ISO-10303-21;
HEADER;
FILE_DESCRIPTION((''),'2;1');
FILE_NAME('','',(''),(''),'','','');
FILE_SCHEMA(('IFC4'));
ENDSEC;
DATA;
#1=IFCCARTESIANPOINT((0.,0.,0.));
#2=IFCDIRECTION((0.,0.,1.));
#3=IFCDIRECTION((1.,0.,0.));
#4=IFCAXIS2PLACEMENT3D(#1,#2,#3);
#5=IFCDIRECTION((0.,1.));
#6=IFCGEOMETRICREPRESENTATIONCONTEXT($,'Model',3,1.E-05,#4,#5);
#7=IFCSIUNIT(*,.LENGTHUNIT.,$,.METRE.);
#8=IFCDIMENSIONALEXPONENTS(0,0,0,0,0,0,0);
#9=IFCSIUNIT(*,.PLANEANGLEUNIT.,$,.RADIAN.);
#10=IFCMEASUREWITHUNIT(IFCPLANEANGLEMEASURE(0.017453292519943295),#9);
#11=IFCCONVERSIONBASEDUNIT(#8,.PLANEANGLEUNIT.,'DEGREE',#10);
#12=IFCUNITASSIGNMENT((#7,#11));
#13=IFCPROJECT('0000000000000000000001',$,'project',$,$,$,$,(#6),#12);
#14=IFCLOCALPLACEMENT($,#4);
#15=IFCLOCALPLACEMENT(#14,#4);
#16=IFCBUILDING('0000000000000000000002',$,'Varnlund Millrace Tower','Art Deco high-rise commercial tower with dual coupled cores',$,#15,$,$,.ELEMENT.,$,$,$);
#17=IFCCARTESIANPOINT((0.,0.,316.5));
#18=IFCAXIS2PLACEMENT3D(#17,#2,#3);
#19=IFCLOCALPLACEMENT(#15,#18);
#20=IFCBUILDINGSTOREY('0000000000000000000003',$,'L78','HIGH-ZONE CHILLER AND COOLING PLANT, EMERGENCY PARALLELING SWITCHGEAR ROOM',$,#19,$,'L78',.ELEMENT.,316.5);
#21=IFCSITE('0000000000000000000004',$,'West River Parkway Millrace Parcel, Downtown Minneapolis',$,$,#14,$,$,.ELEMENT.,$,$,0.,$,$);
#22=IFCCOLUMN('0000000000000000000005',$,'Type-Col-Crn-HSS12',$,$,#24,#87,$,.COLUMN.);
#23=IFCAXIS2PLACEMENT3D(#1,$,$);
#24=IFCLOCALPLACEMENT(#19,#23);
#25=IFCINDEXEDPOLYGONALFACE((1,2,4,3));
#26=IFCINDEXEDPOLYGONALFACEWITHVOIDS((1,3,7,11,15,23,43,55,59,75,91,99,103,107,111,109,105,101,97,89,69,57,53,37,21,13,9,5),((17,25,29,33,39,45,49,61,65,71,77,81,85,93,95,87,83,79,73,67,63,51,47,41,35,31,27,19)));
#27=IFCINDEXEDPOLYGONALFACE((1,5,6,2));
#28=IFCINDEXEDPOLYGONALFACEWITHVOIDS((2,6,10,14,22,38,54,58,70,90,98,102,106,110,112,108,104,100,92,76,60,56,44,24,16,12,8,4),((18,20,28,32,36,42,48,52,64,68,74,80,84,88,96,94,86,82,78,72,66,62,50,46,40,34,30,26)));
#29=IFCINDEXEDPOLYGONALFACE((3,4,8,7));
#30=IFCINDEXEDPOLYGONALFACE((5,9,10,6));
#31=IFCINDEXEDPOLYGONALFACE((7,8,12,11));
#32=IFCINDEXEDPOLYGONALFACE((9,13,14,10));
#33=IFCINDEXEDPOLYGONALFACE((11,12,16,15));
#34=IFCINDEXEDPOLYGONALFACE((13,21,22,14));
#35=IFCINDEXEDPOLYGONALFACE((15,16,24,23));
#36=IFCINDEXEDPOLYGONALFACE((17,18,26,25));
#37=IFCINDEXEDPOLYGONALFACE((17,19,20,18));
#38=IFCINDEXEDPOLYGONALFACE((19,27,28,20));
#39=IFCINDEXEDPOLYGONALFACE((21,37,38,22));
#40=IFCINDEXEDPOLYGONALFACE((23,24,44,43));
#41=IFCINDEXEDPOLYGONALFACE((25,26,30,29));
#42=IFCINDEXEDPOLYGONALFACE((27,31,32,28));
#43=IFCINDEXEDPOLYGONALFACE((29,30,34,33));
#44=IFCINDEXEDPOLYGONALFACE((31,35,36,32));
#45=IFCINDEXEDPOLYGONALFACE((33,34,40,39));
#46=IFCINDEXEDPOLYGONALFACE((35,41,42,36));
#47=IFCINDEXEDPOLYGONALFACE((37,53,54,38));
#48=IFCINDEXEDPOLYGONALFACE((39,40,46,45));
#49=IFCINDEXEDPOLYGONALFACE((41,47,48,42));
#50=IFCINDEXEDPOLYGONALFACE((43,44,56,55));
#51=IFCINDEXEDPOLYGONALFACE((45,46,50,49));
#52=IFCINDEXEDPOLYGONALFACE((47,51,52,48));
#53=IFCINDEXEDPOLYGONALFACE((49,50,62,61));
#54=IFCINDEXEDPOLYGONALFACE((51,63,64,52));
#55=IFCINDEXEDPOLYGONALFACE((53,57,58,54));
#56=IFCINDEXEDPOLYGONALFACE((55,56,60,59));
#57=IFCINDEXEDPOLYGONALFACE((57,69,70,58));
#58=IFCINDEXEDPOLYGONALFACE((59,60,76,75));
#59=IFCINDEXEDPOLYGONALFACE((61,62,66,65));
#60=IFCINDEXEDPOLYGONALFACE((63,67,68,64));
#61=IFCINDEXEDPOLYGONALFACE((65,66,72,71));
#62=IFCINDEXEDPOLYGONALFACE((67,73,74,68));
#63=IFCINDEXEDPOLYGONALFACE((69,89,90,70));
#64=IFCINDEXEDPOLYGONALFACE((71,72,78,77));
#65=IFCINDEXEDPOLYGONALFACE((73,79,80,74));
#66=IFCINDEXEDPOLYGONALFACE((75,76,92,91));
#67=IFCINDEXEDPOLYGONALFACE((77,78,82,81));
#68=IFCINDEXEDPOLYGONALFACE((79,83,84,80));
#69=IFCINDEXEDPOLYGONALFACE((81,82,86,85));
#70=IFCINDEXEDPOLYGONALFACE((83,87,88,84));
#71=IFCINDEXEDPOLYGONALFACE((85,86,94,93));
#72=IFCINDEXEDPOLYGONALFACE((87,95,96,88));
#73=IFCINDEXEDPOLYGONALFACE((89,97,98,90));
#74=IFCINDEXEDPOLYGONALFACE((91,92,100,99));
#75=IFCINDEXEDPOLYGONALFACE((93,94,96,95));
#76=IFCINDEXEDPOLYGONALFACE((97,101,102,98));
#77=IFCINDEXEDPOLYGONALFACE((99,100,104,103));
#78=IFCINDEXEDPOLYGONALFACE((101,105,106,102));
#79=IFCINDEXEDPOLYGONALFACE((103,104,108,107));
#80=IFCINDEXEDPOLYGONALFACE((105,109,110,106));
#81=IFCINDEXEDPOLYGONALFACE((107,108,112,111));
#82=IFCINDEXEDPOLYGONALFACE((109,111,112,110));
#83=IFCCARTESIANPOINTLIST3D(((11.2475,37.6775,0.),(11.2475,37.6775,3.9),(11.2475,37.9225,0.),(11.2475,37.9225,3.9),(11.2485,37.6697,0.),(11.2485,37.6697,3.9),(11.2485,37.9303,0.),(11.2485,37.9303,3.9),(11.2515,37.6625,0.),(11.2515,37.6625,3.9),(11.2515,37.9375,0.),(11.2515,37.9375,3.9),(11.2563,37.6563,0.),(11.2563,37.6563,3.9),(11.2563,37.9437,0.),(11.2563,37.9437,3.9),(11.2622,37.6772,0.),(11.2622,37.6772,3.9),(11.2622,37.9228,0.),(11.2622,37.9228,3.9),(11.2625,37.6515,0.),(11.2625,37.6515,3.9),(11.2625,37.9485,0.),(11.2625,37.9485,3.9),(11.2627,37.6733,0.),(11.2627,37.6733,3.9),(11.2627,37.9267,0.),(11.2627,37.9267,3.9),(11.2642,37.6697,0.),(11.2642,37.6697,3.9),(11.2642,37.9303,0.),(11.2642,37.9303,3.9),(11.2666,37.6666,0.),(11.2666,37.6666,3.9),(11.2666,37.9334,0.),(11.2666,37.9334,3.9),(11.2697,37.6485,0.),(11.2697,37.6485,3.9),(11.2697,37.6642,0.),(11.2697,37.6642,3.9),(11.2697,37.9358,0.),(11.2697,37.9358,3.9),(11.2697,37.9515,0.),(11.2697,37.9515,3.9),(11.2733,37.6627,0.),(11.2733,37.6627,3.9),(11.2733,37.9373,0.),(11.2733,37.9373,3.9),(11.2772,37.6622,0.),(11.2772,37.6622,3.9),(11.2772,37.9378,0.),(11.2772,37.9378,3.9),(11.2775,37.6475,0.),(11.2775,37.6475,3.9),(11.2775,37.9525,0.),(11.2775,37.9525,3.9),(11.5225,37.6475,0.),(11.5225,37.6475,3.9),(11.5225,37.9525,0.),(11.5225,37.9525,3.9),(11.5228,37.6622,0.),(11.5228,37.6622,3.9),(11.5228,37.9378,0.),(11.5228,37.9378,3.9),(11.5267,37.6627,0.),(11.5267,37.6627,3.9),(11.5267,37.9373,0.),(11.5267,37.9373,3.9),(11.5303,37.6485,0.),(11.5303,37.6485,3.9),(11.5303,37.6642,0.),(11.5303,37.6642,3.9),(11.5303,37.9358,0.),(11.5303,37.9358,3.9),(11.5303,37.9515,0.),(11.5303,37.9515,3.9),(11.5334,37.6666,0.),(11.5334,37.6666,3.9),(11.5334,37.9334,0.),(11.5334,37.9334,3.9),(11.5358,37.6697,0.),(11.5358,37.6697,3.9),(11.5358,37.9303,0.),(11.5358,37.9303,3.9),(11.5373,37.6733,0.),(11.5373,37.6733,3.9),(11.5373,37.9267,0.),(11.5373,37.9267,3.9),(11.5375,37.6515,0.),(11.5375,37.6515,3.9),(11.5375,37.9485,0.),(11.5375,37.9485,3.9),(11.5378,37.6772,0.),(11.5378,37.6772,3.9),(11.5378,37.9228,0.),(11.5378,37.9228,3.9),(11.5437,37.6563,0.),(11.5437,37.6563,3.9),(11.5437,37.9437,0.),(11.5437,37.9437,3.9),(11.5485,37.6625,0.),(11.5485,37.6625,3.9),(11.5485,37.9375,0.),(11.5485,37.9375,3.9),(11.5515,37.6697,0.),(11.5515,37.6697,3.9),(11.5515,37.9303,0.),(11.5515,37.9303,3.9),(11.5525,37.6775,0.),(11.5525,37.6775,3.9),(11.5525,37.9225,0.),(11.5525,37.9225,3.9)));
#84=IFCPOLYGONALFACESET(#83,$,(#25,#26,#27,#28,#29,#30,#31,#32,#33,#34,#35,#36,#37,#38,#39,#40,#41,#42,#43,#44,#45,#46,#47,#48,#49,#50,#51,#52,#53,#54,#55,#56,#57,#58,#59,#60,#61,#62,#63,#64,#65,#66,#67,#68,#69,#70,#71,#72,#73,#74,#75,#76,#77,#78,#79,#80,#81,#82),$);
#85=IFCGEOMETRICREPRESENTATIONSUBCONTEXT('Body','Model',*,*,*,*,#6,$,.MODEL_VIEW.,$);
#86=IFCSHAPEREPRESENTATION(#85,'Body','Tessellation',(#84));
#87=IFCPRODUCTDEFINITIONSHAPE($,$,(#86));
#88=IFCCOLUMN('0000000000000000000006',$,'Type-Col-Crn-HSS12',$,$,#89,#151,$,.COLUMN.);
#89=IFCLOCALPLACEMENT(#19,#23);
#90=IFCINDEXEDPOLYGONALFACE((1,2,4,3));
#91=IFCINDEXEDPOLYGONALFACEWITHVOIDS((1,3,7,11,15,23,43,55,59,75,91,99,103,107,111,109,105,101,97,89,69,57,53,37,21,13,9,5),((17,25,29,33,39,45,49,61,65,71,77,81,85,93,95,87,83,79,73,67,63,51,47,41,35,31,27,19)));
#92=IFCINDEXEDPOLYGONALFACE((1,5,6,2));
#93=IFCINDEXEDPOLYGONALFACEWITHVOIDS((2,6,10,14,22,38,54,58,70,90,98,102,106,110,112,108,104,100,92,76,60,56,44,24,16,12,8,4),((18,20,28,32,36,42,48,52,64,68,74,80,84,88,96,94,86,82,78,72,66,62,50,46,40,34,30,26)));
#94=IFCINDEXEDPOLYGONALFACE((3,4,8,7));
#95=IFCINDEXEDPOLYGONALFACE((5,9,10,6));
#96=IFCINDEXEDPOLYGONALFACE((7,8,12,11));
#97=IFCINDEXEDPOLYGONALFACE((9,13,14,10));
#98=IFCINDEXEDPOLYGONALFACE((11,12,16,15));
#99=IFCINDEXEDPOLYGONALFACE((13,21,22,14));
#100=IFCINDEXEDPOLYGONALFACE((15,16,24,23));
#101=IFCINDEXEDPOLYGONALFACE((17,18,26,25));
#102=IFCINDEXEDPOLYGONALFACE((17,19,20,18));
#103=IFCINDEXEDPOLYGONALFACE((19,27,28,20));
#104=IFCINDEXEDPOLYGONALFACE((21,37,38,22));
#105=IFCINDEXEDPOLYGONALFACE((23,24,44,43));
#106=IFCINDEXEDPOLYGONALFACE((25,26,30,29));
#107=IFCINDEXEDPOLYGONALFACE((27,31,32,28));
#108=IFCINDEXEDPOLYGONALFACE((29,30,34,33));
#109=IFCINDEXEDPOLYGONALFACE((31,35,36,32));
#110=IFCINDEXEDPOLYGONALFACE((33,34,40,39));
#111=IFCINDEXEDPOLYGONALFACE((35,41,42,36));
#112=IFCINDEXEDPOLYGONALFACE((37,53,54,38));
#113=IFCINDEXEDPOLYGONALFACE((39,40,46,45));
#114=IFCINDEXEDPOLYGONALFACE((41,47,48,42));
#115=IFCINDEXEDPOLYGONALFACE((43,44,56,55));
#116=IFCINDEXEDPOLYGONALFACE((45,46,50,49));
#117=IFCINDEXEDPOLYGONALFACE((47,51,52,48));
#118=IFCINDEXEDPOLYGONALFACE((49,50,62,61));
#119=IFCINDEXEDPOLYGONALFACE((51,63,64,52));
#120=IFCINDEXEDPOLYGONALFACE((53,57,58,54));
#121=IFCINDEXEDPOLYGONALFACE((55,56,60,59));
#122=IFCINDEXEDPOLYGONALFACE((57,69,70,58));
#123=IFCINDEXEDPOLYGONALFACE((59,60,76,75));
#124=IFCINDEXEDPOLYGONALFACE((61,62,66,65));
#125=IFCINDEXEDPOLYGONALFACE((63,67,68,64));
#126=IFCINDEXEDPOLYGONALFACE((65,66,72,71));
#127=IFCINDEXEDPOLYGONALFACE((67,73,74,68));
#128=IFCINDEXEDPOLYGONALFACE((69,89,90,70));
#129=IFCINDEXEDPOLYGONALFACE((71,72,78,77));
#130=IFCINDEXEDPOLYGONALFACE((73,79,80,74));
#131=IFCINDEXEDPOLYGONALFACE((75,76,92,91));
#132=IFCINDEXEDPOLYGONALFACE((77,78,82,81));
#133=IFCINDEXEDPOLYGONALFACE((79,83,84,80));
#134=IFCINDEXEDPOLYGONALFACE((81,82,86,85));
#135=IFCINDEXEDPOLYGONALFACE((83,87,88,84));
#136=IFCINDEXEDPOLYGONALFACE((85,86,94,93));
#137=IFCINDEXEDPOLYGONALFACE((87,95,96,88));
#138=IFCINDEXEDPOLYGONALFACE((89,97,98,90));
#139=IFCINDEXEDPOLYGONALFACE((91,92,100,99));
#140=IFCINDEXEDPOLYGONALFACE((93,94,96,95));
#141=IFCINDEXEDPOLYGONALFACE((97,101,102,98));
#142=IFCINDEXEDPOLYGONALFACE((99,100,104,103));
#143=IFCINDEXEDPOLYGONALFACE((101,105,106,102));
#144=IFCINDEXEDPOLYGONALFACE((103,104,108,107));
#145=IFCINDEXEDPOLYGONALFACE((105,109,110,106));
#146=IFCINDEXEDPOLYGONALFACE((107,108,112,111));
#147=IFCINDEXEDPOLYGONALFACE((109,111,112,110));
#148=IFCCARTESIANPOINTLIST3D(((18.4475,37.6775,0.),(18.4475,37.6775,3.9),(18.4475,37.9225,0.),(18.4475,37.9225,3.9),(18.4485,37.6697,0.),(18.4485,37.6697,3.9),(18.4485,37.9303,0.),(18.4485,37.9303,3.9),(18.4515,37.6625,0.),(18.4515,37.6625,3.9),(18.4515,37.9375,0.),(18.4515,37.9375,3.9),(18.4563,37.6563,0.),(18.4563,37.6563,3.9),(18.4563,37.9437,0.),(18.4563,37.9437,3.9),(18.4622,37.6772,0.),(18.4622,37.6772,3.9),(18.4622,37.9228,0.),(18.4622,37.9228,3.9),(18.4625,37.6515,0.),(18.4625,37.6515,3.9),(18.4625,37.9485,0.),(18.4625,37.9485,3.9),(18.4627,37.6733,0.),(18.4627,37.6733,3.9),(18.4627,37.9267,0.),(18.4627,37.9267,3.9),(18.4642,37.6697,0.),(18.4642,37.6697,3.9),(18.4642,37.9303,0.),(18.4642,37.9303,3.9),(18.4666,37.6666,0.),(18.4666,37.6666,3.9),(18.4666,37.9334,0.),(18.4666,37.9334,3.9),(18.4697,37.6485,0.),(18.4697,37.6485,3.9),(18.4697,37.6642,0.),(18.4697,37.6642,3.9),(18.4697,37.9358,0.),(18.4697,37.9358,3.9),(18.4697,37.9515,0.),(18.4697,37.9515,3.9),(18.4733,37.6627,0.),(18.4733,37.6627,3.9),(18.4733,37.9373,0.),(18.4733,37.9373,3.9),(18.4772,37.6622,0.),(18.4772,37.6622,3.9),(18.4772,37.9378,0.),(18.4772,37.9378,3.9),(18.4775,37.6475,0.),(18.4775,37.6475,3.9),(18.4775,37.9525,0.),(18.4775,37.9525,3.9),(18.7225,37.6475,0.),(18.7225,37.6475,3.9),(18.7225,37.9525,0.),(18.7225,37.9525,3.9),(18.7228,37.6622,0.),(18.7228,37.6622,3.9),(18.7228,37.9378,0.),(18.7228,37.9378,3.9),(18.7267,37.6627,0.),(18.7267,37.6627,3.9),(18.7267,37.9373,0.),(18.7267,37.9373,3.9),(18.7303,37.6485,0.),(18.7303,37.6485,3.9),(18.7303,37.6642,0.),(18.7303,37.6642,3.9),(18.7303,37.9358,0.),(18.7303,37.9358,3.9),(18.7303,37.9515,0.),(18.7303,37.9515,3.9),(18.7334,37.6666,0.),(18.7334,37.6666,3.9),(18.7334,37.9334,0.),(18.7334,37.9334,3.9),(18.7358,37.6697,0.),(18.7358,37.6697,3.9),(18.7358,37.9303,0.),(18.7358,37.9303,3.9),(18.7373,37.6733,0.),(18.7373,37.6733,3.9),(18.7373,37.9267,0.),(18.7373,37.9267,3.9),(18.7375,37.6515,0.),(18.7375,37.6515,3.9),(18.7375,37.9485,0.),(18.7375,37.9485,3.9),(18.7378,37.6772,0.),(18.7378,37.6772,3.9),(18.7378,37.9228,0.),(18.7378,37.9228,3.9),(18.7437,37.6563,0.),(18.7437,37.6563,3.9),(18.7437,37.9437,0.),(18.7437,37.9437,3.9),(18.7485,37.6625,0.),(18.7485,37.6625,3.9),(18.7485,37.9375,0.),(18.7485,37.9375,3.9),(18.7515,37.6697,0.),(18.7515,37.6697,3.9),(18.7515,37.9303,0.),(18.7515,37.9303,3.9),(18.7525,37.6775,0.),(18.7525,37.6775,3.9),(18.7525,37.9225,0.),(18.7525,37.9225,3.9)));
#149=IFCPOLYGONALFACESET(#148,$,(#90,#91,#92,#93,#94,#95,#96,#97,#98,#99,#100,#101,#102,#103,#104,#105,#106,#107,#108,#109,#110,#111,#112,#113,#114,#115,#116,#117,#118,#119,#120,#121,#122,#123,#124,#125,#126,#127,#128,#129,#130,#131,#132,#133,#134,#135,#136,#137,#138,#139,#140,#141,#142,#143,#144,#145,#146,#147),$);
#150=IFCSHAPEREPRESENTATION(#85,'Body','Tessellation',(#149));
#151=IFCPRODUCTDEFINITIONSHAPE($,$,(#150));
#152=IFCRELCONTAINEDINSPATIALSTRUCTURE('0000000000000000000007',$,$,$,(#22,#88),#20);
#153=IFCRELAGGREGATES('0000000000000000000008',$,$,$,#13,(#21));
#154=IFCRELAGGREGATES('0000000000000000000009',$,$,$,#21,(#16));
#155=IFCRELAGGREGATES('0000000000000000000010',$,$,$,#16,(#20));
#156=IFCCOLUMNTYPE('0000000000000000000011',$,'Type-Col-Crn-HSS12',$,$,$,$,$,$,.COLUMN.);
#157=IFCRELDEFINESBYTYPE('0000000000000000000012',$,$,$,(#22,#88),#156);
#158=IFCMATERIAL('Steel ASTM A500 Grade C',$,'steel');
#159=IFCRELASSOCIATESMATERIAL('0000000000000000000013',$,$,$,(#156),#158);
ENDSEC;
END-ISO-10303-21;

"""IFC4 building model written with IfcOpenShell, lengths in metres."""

from ifc_helpers import new_model, entity, si_unit, converted_unit, direction, frame, origin_with_axes, origin_2d_with_axis, place, context, subcontext, project, spatial, hollow_rectangle, extrude, material, material_profile, profile_set, type_object, element, save


model = new_model("IFC4")

# Units and contexts
model_context = context("Model", 3, precision=1e-05, world=origin_with_axes(), true_north=direction((0.0, 1.0)))
body_context = subcontext(model_context, "Body", "Model", "MODEL_VIEW")
ifc_project = project(units=[si_unit("LENGTHUNIT", "METRE"), converted_unit("PLANEANGLEUNIT", "DEGREE", entity("IfcPlaneAngleMeasure", 0.017453292519943295), si_unit("PLANEANGLEUNIT", "RADIAN"), dimensions=[0, 0, 0, 0, 0, 0, 0])], contexts=[model_context])

# Site, building, storey
site_placement = place(None, origin_with_axes())
site = spatial("IfcSite", under=ifc_project, at=site_placement, Name="West River Parkway Millrace Parcel, Downtown Minneapolis", CompositionType="ELEMENT", RefElevation=0.0)
building_placement = place(site_placement, origin_with_axes())
building = spatial("IfcBuilding", under=site, at=building_placement, Name="Varnlund Millrace Tower", Description="Art Deco high-rise commercial tower with dual coupled cores", CompositionType="ELEMENT")
storey_placement = place(building_placement, frame((0.0, 0.0, 316.5), z_axis=(0.0, 0.0, 1.0), x_axis=(1.0, 0.0, 0.0)))
storey = spatial("IfcBuildingStorey", under=building, at=storey_placement, Name="L78", Description="HIGH-ZONE CHILLER AND COOLING PLANT, EMERGENCY PARALLELING SWITCHGEAR ROOM", LongName="L78", CompositionType="ELEMENT", Elevation=316.5)

# Columns
ifc_material_1 = material(Name="Steel ASTM A500 Grade C", Category="steel")
ifc_material_profile_1 = material_profile(ifc_material_1, hollow_rectangle(XDim=0.305, YDim=0.305, WallThickness=0.0147, InnerFilletRadius=0.015, OuterFilletRadius=0.03, at=origin_2d_with_axis()), Name="Steel ASTM A500 Grade C")
ifc_profile_set_1 = profile_set([ifc_material_profile_1], Name="Steel ASTM A500 Grade C")
column_type = type_object("IfcColumnType", Name="Type-Col-Crn-HSS12", PredefinedType="COLUMN", material=ifc_profile_set_1)
for number, where, z_axis, x_axis, name in (
    (1, (11.4, 37.8, 0.0), (0.0, 0.0, 1.0), (1.0, 0.0, 0.0), "Type-Col-Crn-HSS12"),
    (2, (18.6, 37.8, 0.0), (0.0, 0.0, 1.0), (1.0, 0.0, 0.0), "Type-Col-Crn-HSS12"),
):
    element("IfcColumn", number, at=place(storey_placement, frame(where, z_axis=z_axis, x_axis=x_axis)), inside=storey, type_object=column_type, Name=name, PredefinedType="COLUMN", context=body_context, shape_type="SweptSolid", body=[
        extrude(hollow_rectangle(XDim=0.305, YDim=0.305, WallThickness=0.0147, InnerFilletRadius=0.015, OuterFilletRadius=0.03, at=origin_2d_with_axis()), origin_with_axes(), (0.0, 0.0, 1.0), 3.9),
    ])

save(model, "model.ifc")
